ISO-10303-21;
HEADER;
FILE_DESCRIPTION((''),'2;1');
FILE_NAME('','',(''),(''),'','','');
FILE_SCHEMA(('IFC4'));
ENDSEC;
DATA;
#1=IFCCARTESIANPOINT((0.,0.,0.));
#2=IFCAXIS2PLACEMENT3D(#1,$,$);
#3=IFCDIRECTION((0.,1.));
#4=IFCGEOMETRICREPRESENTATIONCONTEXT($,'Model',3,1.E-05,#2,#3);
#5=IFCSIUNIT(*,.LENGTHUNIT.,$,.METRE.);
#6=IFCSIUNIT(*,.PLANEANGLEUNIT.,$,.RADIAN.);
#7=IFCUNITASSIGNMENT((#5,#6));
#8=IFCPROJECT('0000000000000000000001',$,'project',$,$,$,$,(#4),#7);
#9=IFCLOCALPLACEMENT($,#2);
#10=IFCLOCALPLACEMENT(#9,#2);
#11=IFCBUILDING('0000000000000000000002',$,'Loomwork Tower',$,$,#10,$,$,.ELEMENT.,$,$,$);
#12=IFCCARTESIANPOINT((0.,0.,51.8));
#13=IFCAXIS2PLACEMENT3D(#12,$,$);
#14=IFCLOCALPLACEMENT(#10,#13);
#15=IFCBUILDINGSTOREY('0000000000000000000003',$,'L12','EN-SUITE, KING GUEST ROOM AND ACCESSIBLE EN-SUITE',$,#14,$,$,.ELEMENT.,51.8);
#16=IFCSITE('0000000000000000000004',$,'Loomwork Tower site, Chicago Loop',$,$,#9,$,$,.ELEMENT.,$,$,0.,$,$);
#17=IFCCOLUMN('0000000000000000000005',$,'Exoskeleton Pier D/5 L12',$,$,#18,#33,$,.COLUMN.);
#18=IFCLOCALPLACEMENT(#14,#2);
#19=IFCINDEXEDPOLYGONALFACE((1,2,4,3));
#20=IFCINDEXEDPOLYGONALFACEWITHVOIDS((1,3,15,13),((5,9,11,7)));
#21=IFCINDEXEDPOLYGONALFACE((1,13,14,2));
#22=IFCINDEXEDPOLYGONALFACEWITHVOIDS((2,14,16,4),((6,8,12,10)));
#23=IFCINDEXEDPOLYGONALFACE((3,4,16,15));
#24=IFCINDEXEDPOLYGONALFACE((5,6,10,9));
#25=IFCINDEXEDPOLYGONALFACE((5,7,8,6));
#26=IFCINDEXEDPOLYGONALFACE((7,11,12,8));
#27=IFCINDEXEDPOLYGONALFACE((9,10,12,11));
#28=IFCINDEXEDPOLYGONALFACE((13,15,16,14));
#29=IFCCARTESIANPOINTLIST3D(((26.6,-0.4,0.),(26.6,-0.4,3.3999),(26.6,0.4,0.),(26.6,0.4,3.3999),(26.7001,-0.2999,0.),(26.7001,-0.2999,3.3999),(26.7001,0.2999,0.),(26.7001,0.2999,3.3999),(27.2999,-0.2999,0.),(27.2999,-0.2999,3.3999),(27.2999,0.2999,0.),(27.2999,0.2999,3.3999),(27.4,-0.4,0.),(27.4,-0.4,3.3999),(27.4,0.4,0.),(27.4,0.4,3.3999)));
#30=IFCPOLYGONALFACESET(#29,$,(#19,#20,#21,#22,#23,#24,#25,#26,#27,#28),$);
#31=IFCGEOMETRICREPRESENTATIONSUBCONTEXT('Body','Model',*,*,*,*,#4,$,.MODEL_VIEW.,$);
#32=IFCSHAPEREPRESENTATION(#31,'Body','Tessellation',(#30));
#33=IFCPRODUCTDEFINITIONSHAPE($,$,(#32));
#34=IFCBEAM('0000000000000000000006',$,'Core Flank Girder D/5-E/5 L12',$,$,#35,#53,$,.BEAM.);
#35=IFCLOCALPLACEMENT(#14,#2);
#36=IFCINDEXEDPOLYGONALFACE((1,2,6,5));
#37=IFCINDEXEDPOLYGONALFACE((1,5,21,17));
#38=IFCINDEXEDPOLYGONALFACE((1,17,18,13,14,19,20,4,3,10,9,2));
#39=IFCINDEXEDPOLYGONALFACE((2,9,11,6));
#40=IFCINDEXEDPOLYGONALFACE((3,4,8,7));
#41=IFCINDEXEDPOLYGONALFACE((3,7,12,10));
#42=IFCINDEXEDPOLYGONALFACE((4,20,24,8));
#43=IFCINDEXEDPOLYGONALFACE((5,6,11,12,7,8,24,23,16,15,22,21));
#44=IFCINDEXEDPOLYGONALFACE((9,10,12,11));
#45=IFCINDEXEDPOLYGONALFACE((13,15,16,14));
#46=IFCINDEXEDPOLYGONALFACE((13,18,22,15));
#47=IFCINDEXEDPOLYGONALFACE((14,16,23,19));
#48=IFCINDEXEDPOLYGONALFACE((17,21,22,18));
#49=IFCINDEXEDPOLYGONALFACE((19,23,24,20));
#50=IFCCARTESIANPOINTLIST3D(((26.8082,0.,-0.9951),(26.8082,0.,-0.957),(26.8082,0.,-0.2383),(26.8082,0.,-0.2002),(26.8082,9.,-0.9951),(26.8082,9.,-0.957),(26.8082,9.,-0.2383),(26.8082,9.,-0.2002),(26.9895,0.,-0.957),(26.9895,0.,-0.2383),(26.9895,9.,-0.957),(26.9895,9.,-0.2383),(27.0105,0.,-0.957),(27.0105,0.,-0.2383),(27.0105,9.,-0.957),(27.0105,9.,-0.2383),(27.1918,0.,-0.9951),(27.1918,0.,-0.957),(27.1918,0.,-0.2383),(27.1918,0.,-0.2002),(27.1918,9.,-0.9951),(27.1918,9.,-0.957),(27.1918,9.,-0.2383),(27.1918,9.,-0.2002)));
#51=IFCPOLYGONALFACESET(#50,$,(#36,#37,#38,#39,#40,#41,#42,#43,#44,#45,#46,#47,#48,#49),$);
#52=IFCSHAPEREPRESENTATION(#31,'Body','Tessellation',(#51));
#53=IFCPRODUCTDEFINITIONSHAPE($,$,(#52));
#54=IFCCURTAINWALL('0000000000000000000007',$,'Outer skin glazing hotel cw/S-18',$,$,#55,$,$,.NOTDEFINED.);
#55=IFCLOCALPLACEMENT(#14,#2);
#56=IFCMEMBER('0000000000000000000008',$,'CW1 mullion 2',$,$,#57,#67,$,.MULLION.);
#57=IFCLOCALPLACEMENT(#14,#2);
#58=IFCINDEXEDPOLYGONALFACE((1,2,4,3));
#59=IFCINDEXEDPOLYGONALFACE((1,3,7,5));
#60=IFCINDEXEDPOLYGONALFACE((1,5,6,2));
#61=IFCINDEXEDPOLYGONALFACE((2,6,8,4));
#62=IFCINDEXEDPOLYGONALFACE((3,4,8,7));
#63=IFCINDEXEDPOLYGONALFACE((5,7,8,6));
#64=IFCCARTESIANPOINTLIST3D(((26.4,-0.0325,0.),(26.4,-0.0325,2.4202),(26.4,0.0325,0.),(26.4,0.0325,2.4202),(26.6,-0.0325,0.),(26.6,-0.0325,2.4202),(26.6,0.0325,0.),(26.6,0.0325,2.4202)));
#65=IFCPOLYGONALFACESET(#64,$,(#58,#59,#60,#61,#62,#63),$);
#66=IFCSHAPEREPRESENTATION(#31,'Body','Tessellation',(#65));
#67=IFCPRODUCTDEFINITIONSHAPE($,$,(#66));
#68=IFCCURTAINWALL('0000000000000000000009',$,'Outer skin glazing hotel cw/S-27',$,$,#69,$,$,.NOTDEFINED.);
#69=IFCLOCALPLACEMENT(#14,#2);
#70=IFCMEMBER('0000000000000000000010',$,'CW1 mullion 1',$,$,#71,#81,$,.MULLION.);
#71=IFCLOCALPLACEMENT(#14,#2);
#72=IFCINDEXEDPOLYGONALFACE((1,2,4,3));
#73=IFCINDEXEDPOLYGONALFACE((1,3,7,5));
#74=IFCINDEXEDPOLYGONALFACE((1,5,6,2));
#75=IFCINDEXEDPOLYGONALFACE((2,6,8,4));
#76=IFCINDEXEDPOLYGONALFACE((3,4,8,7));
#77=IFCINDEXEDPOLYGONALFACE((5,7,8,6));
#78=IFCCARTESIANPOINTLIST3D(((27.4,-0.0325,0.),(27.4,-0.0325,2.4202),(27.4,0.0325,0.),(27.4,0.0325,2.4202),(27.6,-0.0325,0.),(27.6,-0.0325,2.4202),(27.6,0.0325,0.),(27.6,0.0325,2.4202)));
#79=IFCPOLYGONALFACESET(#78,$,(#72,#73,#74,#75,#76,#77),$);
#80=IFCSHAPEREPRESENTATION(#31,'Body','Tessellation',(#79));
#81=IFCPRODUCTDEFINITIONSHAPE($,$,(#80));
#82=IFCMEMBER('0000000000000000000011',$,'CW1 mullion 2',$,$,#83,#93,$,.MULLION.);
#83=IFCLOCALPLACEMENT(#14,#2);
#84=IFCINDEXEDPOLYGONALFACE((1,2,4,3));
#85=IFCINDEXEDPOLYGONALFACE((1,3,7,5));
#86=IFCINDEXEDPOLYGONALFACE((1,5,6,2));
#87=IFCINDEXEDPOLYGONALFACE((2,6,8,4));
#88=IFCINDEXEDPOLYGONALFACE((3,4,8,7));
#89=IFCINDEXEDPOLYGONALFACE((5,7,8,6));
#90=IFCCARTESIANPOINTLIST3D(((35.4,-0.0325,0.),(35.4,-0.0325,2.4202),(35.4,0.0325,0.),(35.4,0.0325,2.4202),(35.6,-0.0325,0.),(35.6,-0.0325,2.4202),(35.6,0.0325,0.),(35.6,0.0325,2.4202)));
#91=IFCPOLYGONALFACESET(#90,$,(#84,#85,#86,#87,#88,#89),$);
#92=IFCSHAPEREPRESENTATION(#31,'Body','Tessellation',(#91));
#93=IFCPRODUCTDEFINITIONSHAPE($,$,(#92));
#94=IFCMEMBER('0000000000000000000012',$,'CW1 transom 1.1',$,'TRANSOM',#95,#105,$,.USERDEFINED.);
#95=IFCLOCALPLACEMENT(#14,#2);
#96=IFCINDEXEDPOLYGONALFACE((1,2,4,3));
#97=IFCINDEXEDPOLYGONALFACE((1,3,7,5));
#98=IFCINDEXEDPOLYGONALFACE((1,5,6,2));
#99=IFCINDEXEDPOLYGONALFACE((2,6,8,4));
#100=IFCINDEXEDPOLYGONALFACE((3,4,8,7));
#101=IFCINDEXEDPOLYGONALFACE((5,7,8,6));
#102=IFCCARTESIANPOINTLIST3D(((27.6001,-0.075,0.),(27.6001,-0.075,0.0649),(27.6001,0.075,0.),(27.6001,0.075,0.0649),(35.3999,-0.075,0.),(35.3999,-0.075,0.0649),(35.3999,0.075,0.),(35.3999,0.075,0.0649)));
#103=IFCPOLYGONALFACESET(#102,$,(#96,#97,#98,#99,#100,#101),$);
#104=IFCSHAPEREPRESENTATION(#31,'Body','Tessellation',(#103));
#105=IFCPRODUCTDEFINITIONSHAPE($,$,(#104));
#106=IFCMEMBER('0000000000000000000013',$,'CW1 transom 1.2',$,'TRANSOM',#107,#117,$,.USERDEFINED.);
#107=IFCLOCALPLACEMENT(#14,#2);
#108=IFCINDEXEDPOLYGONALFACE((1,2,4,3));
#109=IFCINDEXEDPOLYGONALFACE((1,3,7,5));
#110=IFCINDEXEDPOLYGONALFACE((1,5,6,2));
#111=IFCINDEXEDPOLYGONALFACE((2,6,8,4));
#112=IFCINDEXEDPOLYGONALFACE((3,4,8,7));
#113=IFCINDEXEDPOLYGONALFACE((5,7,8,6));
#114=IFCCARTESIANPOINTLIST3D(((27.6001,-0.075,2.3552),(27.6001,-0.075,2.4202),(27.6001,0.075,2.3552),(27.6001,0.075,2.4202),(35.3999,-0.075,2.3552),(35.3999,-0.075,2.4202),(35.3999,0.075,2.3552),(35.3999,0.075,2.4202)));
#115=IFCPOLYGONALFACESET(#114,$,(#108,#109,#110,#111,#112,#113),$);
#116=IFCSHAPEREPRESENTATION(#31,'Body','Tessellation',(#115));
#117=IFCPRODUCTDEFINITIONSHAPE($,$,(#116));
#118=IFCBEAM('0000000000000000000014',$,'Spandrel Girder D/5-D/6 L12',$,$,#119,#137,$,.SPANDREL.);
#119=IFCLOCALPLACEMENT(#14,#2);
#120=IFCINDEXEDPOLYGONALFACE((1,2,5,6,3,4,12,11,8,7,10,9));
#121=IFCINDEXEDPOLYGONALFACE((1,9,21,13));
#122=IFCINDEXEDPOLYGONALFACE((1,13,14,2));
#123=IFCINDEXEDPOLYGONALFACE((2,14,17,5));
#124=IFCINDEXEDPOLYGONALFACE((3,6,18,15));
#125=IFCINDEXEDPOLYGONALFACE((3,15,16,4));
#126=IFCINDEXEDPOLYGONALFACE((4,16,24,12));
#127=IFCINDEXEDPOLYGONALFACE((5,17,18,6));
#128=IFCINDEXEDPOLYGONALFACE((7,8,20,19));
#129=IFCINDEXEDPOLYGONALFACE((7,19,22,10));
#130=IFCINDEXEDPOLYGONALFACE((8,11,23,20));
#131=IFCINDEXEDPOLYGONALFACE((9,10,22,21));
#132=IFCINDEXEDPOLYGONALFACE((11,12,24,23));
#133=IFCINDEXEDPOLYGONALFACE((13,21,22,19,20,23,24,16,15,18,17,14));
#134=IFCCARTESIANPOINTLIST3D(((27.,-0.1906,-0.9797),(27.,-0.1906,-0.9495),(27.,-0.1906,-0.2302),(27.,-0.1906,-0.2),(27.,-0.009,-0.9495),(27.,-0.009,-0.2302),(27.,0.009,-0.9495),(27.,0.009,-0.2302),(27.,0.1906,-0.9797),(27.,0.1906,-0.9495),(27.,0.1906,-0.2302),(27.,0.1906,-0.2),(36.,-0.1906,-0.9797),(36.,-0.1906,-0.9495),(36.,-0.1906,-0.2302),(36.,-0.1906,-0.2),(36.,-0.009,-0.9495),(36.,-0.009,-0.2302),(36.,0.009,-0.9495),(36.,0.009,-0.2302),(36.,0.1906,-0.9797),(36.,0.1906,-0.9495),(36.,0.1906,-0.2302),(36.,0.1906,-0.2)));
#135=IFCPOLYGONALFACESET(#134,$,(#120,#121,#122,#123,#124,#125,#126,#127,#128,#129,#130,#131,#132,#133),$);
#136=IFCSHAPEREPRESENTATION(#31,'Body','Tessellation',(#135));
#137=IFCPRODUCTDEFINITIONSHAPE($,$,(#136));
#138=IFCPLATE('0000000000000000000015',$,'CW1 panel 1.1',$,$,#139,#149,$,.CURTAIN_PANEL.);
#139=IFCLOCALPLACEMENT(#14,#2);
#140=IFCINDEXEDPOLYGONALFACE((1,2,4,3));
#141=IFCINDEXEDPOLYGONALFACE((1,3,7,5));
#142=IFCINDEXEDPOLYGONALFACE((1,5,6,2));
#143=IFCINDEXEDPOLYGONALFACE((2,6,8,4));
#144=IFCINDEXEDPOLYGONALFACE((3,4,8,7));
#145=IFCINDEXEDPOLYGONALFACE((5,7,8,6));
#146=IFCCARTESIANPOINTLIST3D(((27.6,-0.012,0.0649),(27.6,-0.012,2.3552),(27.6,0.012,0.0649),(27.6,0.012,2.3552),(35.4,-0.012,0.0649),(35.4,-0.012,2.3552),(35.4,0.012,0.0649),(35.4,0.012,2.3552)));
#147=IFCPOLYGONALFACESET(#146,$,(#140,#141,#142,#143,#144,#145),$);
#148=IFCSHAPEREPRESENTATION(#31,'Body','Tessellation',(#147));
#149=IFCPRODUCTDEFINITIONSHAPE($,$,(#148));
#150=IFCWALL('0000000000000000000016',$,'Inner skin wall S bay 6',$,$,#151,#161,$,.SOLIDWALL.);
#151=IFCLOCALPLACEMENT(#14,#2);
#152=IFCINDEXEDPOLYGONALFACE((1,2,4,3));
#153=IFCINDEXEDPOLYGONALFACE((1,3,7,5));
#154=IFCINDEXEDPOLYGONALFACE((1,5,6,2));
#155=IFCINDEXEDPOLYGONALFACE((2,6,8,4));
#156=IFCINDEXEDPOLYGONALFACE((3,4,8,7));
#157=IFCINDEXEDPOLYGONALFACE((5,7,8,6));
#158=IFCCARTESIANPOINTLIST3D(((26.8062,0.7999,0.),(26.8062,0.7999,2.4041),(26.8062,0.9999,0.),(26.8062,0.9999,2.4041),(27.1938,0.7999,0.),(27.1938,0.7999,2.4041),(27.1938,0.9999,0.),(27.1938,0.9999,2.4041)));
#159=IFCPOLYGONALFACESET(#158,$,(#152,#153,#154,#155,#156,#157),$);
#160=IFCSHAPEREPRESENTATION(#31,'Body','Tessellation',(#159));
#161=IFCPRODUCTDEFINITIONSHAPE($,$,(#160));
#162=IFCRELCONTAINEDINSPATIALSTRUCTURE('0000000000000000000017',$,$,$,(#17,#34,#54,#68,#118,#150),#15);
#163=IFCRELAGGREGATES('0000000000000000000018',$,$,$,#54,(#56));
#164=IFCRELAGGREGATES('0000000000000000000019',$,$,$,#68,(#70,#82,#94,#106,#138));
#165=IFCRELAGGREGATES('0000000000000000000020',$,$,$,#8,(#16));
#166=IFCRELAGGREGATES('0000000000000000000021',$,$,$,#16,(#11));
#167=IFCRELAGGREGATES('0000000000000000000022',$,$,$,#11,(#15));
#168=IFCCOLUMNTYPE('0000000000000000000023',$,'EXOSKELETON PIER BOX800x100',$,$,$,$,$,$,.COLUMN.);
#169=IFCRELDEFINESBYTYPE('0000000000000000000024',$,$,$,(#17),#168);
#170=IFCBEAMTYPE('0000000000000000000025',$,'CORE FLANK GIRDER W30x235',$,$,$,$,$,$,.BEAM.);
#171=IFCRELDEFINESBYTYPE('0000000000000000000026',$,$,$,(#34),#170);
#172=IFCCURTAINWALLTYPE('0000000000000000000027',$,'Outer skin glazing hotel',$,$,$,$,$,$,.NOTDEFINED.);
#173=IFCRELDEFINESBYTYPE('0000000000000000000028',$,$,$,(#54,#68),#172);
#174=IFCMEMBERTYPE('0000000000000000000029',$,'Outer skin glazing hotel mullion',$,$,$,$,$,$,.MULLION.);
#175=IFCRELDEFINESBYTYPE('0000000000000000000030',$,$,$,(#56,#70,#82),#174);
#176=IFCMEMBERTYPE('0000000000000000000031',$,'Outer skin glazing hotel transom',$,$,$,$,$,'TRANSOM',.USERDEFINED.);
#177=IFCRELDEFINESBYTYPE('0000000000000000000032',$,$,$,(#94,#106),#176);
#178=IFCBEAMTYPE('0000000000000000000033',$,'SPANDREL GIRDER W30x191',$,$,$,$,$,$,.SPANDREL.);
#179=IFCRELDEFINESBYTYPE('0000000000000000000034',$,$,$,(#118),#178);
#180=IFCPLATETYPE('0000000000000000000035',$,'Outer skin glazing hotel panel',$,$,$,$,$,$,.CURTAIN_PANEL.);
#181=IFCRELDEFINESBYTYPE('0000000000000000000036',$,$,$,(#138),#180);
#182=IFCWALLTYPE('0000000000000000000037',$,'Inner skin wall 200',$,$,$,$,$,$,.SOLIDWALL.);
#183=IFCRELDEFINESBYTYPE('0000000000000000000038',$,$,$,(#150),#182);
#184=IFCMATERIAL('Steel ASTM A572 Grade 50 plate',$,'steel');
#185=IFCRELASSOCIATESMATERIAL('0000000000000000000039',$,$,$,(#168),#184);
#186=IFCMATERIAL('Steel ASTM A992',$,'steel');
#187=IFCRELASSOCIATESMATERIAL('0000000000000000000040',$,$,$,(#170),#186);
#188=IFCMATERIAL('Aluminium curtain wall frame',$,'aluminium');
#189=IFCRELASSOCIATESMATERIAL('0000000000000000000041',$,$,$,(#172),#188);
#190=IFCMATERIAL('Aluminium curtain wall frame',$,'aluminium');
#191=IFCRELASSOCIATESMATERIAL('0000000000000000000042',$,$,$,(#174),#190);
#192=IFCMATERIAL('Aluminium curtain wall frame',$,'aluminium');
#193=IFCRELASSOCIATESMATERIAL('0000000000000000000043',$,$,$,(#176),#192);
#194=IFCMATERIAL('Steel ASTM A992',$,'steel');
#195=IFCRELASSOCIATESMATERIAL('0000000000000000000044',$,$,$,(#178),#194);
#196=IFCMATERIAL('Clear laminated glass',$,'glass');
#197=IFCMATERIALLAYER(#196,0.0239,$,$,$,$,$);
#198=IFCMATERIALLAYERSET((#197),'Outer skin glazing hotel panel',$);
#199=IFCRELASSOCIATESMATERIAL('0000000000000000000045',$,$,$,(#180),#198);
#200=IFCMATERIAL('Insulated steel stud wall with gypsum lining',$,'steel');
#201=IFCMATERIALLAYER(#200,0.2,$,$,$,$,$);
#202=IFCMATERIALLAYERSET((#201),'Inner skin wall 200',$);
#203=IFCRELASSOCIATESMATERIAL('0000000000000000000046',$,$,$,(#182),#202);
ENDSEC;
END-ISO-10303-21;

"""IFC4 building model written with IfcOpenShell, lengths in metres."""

from ifc_helpers import new_model, si_unit, direction, frame, frame_2d, origin, origin_2d, place, context, subcontext, project, spatial, rectangle, hollow_rectangle, i_section, extrude, material, layer, layer_set, material_profile, profile_set, type_object, element, aggregate, save


model = new_model("IFC4")

# Units and contexts
model_context = context("Model", 3, precision=1e-05, world=origin(), true_north=direction((0.0, 1.0)))
body_context = subcontext(model_context, "Body", "Model", "MODEL_VIEW")
ifc_project = project(units=[si_unit("LENGTHUNIT", "METRE"), si_unit("PLANEANGLEUNIT", "RADIAN")], contexts=[model_context])

# Site, building, storey
site_placement = place(None, origin())
site = spatial("IfcSite", under=ifc_project, at=site_placement, Name="Loomwork Tower site, Chicago Loop", CompositionType="ELEMENT", RefElevation=0.0)
building_placement = place(site_placement, origin())
building = spatial("IfcBuilding", under=site, at=building_placement, Name="Loomwork Tower", CompositionType="ELEMENT")
storey_placement = place(building_placement, frame((0.0, 0.0, 51.8)))
storey = spatial("IfcBuildingStorey", under=building, at=storey_placement, Name="L12", Description="EN-SUITE, KING GUEST ROOM AND ACCESSIBLE EN-SUITE", CompositionType="ELEMENT", Elevation=51.8)

# Column
ifc_material_1 = material(Name="Steel ASTM A572 Grade 50 plate", Category="steel")
ifc_material_profile_1 = material_profile(ifc_material_1, hollow_rectangle(XDim=0.8, YDim=0.8, WallThickness=0.1001, at=origin_2d()), Name="BOX800x100")
ifc_profile_set_1 = profile_set([ifc_material_profile_1], Name="Steel ASTM A572 Grade 50 plate")
column_type = type_object("IfcColumnType", Name="EXOSKELETON PIER BOX800x100", PredefinedType="COLUMN", material=ifc_profile_set_1)
column_placement = place(storey_placement, frame((27.0, 0.0, 0.0), z_axis=(0.0, 0.0, 1.0), x_axis=(1.0, 0.0, 0.0)))
element("IfcColumn", 1, at=column_placement, inside=storey, type_object=column_type, Name="Exoskeleton Pier D/5 L12", PredefinedType="COLUMN", context=body_context, shape_type="SweptSolid", body=[
    extrude(hollow_rectangle(XDim=0.8, YDim=0.8, WallThickness=0.1001, at=origin_2d()), origin(), (0.0, 0.0, 1.0), 3.3999),
])

# Beam
ifc_material_2 = material(Name="Steel ASTM A992", Category="steel")
ifc_material_profile_2 = material_profile(ifc_material_2, i_section(OverallWidth=0.3835, OverallDepth=0.7949, WebThickness=0.021, FlangeThickness=0.0381, at=origin_2d()), Name="W30x235")
ifc_profile_set_2 = profile_set([ifc_material_profile_2], Name="Steel ASTM A992")
beam_type_1 = type_object("IfcBeamType", Name="CORE FLANK GIRDER W30x235", PredefinedType="BEAM", material=ifc_profile_set_2)
beam_1_placement = place(storey_placement, frame((27.0, 0.0, -0.5977), z_axis=(0.0, 1.0, 0.0), x_axis=(-1.0, 0.0, 0.0)))
element("IfcBeam", 2, at=beam_1_placement, inside=storey, type_object=beam_type_1, Name="Core Flank Girder D/5-E/5 L12", PredefinedType="BEAM", context=body_context, shape_type="SweptSolid", body=[
    extrude(i_section(OverallWidth=0.3835, OverallDepth=0.7949, WebThickness=0.021, FlangeThickness=0.0381, at=origin_2d()), origin(), (0.0, 0.0, 1.0), 9.0),
])

# Curtain wall, member
ifc_material_3 = material(Name="Aluminium curtain wall frame", Category="aluminium")
curtain_wall_type = type_object("IfcCurtainWallType", Name="Outer skin glazing hotel", PredefinedType="NOTDEFINED", material=ifc_material_3)
curtain_wall_1_placement = place(storey_placement, origin())
curtain_wall_1 = element("IfcCurtainWall", 3, at=curtain_wall_1_placement, inside=storey, type_object=curtain_wall_type, Name="Outer skin glazing hotel cw/S-18", PredefinedType="NOTDEFINED")
ifc_material_4 = material(Name="Aluminium curtain wall frame", Category="aluminium")
ifc_material_profile_3 = material_profile(ifc_material_4, rectangle(XDim=0.0649, YDim=0.2, at=origin_2d()), Name="AL 65x200")
ifc_profile_set_3 = profile_set([ifc_material_profile_3], Name="Aluminium curtain wall frame")
member_type_1 = type_object("IfcMemberType", Name="Outer skin glazing hotel mullion", PredefinedType="MULLION", material=ifc_profile_set_3)
member_1_placement = place(storey_placement, frame((26.5, 0.0, 0.0), z_axis=(0.0, 0.0, 1.0), x_axis=(0.0, 1.0, 0.0)))
member_1 = element("IfcMember", 4, at=member_1_placement, type_object=member_type_1, Name="CW1 mullion 2", PredefinedType="MULLION", context=body_context, shape_type="SweptSolid", body=[
    extrude(rectangle(XDim=0.0649, YDim=0.2, at=origin_2d()), origin(), (0.0, 0.0, 1.0), 2.4202),
])
aggregate(curtain_wall_1, [member_1])

# Curtain wall, members
curtain_wall_2_placement = place(storey_placement, origin())
curtain_wall_2 = element("IfcCurtainWall", 5, at=curtain_wall_2_placement, inside=storey, type_object=curtain_wall_type, Name="Outer skin glazing hotel cw/S-27", PredefinedType="NOTDEFINED")
member_2_placement = place(storey_placement, frame((27.5, 0.0, 0.0), z_axis=(0.0, 0.0, 1.0), x_axis=(0.0, 1.0, 0.0)))
member_2 = element("IfcMember", 6, at=member_2_placement, type_object=member_type_1, Name="CW1 mullion 1", PredefinedType="MULLION", context=body_context, shape_type="SweptSolid", body=[
    extrude(rectangle(XDim=0.0649, YDim=0.2, at=origin_2d()), origin(), (0.0, 0.0, 1.0), 2.4202),
])
member_3_placement = place(storey_placement, frame((35.5, 0.0, 0.0), z_axis=(0.0, 0.0, 1.0), x_axis=(0.0, 1.0, 0.0)))
member_3 = element("IfcMember", 7, at=member_3_placement, type_object=member_type_1, Name="CW1 mullion 2", PredefinedType="MULLION", context=body_context, shape_type="SweptSolid", body=[
    extrude(rectangle(XDim=0.0649, YDim=0.2, at=origin_2d()), origin(), (0.0, 0.0, 1.0), 2.4202),
])
ifc_material_5 = material(Name="Aluminium curtain wall frame", Category="aluminium")
ifc_material_profile_4 = material_profile(ifc_material_5, rectangle(XDim=0.1499, YDim=0.0649, at=origin_2d()), Name="AL 65x150")
ifc_profile_set_4 = profile_set([ifc_material_profile_4], Name="Aluminium curtain wall frame")
member_type_2 = type_object("IfcMemberType", Name="Outer skin glazing hotel transom", ElementType="TRANSOM", PredefinedType="USERDEFINED", material=ifc_profile_set_4)
member_4_placement = place(storey_placement, frame((27.6001, 0.0, 0.0325), z_axis=(1.0, 0.0, 0.0), x_axis=(0.0, 1.0, 0.0)))
member_4 = element("IfcMember", 8, at=member_4_placement, type_object=member_type_2, Name="CW1 transom 1.1", ObjectType="TRANSOM", PredefinedType="USERDEFINED", context=body_context, shape_type="SweptSolid", body=[
    extrude(rectangle(XDim=0.1499, YDim=0.0649, at=origin_2d()), origin(), (0.0, 0.0, 1.0), 7.7998),
])
member_5_placement = place(storey_placement, frame((27.6001, 0.0, 2.3877), z_axis=(1.0, 0.0, 0.0), x_axis=(0.0, 1.0, 0.0)))
member_5 = element("IfcMember", 9, at=member_5_placement, type_object=member_type_2, Name="CW1 transom 1.2", ObjectType="TRANSOM", PredefinedType="USERDEFINED", context=body_context, shape_type="SweptSolid", body=[
    extrude(rectangle(XDim=0.1499, YDim=0.0649, at=origin_2d()), origin(), (0.0, 0.0, 1.0), 7.7998),
])

# Beam
ifc_material_6 = material(Name="Steel ASTM A992", Category="steel")
ifc_material_profile_5 = material_profile(ifc_material_6, i_section(OverallWidth=0.3811, OverallDepth=0.7798, WebThickness=0.0181, FlangeThickness=0.0303, at=origin_2d()), Name="W30x191")
ifc_profile_set_5 = profile_set([ifc_material_profile_5], Name="Steel ASTM A992")
beam_type_2 = type_object("IfcBeamType", Name="SPANDREL GIRDER W30x191", PredefinedType="SPANDREL", material=ifc_profile_set_5)
beam_2_placement = place(storey_placement, frame((27.0, 0.0, -0.5898), z_axis=(1.0, 0.0, 0.0), x_axis=(0.0, 1.0, 0.0)))
element("IfcBeam", 10, at=beam_2_placement, inside=storey, type_object=beam_type_2, Name="Spandrel Girder D/5-D/6 L12", PredefinedType="SPANDREL", context=body_context, shape_type="SweptSolid", body=[
    extrude(i_section(OverallWidth=0.3811, OverallDepth=0.7798, WebThickness=0.0181, FlangeThickness=0.0303, at=origin_2d()), origin(), (0.0, 0.0, 1.0), 9.0),
])

# Plate
ifc_material_7 = material(Name="Clear laminated glass", Category="glass")
ifc_layer_1 = layer(ifc_material_7, 0.0239)
ifc_layer_set_1 = layer_set([ifc_layer_1], Name="Outer skin glazing hotel panel")
plate_type = type_object("IfcPlateType", Name="Outer skin glazing hotel panel", PredefinedType="CURTAIN_PANEL", material=ifc_layer_set_1)
plate_placement = place(storey_placement, frame((31.5, 0.0, 0.0649), z_axis=(0.0, 0.0, 1.0), x_axis=(1.0, 0.0, 0.0)))
plate = element("IfcPlate", 11, at=plate_placement, type_object=plate_type, Name="CW1 panel 1.1", PredefinedType="CURTAIN_PANEL", context=body_context, shape_type="SweptSolid", body=[
    extrude(rectangle(XDim=7.8, YDim=0.0239, at=origin_2d()), origin(), (0.0, 0.0, 1.0), 2.2903),
])
aggregate(curtain_wall_2, [member_2, member_3, member_4, member_5, plate])

# Wall
ifc_material_8 = material(Name="Insulated steel stud wall with gypsum lining", Category="steel")
ifc_layer_2 = layer(ifc_material_8, 0.2)
ifc_layer_set_2 = layer_set([ifc_layer_2], Name="Inner skin wall 200")
wall_type = type_object("IfcWallType", Name="Inner skin wall 200", PredefinedType="SOLIDWALL", material=ifc_layer_set_2)
wall_1_placement = place(storey_placement, frame((26.8062, 0.8999, 0.0), z_axis=(0.0, 0.0, 1.0), x_axis=(1.0, 0.0, 0.0)))
element("IfcWall", 12, at=wall_1_placement, inside=storey, type_object=wall_type, Name="Inner skin wall S bay 6", PredefinedType="SOLIDWALL", context=body_context, shape_type="SweptSolid", body=[
    extrude(rectangle(XDim=0.3877, YDim=0.2, at=frame_2d((0.1938, 0.0))), origin(), (0.0, 0.0, 1.0), 2.4041),
])

save(model, "model.ifc")
